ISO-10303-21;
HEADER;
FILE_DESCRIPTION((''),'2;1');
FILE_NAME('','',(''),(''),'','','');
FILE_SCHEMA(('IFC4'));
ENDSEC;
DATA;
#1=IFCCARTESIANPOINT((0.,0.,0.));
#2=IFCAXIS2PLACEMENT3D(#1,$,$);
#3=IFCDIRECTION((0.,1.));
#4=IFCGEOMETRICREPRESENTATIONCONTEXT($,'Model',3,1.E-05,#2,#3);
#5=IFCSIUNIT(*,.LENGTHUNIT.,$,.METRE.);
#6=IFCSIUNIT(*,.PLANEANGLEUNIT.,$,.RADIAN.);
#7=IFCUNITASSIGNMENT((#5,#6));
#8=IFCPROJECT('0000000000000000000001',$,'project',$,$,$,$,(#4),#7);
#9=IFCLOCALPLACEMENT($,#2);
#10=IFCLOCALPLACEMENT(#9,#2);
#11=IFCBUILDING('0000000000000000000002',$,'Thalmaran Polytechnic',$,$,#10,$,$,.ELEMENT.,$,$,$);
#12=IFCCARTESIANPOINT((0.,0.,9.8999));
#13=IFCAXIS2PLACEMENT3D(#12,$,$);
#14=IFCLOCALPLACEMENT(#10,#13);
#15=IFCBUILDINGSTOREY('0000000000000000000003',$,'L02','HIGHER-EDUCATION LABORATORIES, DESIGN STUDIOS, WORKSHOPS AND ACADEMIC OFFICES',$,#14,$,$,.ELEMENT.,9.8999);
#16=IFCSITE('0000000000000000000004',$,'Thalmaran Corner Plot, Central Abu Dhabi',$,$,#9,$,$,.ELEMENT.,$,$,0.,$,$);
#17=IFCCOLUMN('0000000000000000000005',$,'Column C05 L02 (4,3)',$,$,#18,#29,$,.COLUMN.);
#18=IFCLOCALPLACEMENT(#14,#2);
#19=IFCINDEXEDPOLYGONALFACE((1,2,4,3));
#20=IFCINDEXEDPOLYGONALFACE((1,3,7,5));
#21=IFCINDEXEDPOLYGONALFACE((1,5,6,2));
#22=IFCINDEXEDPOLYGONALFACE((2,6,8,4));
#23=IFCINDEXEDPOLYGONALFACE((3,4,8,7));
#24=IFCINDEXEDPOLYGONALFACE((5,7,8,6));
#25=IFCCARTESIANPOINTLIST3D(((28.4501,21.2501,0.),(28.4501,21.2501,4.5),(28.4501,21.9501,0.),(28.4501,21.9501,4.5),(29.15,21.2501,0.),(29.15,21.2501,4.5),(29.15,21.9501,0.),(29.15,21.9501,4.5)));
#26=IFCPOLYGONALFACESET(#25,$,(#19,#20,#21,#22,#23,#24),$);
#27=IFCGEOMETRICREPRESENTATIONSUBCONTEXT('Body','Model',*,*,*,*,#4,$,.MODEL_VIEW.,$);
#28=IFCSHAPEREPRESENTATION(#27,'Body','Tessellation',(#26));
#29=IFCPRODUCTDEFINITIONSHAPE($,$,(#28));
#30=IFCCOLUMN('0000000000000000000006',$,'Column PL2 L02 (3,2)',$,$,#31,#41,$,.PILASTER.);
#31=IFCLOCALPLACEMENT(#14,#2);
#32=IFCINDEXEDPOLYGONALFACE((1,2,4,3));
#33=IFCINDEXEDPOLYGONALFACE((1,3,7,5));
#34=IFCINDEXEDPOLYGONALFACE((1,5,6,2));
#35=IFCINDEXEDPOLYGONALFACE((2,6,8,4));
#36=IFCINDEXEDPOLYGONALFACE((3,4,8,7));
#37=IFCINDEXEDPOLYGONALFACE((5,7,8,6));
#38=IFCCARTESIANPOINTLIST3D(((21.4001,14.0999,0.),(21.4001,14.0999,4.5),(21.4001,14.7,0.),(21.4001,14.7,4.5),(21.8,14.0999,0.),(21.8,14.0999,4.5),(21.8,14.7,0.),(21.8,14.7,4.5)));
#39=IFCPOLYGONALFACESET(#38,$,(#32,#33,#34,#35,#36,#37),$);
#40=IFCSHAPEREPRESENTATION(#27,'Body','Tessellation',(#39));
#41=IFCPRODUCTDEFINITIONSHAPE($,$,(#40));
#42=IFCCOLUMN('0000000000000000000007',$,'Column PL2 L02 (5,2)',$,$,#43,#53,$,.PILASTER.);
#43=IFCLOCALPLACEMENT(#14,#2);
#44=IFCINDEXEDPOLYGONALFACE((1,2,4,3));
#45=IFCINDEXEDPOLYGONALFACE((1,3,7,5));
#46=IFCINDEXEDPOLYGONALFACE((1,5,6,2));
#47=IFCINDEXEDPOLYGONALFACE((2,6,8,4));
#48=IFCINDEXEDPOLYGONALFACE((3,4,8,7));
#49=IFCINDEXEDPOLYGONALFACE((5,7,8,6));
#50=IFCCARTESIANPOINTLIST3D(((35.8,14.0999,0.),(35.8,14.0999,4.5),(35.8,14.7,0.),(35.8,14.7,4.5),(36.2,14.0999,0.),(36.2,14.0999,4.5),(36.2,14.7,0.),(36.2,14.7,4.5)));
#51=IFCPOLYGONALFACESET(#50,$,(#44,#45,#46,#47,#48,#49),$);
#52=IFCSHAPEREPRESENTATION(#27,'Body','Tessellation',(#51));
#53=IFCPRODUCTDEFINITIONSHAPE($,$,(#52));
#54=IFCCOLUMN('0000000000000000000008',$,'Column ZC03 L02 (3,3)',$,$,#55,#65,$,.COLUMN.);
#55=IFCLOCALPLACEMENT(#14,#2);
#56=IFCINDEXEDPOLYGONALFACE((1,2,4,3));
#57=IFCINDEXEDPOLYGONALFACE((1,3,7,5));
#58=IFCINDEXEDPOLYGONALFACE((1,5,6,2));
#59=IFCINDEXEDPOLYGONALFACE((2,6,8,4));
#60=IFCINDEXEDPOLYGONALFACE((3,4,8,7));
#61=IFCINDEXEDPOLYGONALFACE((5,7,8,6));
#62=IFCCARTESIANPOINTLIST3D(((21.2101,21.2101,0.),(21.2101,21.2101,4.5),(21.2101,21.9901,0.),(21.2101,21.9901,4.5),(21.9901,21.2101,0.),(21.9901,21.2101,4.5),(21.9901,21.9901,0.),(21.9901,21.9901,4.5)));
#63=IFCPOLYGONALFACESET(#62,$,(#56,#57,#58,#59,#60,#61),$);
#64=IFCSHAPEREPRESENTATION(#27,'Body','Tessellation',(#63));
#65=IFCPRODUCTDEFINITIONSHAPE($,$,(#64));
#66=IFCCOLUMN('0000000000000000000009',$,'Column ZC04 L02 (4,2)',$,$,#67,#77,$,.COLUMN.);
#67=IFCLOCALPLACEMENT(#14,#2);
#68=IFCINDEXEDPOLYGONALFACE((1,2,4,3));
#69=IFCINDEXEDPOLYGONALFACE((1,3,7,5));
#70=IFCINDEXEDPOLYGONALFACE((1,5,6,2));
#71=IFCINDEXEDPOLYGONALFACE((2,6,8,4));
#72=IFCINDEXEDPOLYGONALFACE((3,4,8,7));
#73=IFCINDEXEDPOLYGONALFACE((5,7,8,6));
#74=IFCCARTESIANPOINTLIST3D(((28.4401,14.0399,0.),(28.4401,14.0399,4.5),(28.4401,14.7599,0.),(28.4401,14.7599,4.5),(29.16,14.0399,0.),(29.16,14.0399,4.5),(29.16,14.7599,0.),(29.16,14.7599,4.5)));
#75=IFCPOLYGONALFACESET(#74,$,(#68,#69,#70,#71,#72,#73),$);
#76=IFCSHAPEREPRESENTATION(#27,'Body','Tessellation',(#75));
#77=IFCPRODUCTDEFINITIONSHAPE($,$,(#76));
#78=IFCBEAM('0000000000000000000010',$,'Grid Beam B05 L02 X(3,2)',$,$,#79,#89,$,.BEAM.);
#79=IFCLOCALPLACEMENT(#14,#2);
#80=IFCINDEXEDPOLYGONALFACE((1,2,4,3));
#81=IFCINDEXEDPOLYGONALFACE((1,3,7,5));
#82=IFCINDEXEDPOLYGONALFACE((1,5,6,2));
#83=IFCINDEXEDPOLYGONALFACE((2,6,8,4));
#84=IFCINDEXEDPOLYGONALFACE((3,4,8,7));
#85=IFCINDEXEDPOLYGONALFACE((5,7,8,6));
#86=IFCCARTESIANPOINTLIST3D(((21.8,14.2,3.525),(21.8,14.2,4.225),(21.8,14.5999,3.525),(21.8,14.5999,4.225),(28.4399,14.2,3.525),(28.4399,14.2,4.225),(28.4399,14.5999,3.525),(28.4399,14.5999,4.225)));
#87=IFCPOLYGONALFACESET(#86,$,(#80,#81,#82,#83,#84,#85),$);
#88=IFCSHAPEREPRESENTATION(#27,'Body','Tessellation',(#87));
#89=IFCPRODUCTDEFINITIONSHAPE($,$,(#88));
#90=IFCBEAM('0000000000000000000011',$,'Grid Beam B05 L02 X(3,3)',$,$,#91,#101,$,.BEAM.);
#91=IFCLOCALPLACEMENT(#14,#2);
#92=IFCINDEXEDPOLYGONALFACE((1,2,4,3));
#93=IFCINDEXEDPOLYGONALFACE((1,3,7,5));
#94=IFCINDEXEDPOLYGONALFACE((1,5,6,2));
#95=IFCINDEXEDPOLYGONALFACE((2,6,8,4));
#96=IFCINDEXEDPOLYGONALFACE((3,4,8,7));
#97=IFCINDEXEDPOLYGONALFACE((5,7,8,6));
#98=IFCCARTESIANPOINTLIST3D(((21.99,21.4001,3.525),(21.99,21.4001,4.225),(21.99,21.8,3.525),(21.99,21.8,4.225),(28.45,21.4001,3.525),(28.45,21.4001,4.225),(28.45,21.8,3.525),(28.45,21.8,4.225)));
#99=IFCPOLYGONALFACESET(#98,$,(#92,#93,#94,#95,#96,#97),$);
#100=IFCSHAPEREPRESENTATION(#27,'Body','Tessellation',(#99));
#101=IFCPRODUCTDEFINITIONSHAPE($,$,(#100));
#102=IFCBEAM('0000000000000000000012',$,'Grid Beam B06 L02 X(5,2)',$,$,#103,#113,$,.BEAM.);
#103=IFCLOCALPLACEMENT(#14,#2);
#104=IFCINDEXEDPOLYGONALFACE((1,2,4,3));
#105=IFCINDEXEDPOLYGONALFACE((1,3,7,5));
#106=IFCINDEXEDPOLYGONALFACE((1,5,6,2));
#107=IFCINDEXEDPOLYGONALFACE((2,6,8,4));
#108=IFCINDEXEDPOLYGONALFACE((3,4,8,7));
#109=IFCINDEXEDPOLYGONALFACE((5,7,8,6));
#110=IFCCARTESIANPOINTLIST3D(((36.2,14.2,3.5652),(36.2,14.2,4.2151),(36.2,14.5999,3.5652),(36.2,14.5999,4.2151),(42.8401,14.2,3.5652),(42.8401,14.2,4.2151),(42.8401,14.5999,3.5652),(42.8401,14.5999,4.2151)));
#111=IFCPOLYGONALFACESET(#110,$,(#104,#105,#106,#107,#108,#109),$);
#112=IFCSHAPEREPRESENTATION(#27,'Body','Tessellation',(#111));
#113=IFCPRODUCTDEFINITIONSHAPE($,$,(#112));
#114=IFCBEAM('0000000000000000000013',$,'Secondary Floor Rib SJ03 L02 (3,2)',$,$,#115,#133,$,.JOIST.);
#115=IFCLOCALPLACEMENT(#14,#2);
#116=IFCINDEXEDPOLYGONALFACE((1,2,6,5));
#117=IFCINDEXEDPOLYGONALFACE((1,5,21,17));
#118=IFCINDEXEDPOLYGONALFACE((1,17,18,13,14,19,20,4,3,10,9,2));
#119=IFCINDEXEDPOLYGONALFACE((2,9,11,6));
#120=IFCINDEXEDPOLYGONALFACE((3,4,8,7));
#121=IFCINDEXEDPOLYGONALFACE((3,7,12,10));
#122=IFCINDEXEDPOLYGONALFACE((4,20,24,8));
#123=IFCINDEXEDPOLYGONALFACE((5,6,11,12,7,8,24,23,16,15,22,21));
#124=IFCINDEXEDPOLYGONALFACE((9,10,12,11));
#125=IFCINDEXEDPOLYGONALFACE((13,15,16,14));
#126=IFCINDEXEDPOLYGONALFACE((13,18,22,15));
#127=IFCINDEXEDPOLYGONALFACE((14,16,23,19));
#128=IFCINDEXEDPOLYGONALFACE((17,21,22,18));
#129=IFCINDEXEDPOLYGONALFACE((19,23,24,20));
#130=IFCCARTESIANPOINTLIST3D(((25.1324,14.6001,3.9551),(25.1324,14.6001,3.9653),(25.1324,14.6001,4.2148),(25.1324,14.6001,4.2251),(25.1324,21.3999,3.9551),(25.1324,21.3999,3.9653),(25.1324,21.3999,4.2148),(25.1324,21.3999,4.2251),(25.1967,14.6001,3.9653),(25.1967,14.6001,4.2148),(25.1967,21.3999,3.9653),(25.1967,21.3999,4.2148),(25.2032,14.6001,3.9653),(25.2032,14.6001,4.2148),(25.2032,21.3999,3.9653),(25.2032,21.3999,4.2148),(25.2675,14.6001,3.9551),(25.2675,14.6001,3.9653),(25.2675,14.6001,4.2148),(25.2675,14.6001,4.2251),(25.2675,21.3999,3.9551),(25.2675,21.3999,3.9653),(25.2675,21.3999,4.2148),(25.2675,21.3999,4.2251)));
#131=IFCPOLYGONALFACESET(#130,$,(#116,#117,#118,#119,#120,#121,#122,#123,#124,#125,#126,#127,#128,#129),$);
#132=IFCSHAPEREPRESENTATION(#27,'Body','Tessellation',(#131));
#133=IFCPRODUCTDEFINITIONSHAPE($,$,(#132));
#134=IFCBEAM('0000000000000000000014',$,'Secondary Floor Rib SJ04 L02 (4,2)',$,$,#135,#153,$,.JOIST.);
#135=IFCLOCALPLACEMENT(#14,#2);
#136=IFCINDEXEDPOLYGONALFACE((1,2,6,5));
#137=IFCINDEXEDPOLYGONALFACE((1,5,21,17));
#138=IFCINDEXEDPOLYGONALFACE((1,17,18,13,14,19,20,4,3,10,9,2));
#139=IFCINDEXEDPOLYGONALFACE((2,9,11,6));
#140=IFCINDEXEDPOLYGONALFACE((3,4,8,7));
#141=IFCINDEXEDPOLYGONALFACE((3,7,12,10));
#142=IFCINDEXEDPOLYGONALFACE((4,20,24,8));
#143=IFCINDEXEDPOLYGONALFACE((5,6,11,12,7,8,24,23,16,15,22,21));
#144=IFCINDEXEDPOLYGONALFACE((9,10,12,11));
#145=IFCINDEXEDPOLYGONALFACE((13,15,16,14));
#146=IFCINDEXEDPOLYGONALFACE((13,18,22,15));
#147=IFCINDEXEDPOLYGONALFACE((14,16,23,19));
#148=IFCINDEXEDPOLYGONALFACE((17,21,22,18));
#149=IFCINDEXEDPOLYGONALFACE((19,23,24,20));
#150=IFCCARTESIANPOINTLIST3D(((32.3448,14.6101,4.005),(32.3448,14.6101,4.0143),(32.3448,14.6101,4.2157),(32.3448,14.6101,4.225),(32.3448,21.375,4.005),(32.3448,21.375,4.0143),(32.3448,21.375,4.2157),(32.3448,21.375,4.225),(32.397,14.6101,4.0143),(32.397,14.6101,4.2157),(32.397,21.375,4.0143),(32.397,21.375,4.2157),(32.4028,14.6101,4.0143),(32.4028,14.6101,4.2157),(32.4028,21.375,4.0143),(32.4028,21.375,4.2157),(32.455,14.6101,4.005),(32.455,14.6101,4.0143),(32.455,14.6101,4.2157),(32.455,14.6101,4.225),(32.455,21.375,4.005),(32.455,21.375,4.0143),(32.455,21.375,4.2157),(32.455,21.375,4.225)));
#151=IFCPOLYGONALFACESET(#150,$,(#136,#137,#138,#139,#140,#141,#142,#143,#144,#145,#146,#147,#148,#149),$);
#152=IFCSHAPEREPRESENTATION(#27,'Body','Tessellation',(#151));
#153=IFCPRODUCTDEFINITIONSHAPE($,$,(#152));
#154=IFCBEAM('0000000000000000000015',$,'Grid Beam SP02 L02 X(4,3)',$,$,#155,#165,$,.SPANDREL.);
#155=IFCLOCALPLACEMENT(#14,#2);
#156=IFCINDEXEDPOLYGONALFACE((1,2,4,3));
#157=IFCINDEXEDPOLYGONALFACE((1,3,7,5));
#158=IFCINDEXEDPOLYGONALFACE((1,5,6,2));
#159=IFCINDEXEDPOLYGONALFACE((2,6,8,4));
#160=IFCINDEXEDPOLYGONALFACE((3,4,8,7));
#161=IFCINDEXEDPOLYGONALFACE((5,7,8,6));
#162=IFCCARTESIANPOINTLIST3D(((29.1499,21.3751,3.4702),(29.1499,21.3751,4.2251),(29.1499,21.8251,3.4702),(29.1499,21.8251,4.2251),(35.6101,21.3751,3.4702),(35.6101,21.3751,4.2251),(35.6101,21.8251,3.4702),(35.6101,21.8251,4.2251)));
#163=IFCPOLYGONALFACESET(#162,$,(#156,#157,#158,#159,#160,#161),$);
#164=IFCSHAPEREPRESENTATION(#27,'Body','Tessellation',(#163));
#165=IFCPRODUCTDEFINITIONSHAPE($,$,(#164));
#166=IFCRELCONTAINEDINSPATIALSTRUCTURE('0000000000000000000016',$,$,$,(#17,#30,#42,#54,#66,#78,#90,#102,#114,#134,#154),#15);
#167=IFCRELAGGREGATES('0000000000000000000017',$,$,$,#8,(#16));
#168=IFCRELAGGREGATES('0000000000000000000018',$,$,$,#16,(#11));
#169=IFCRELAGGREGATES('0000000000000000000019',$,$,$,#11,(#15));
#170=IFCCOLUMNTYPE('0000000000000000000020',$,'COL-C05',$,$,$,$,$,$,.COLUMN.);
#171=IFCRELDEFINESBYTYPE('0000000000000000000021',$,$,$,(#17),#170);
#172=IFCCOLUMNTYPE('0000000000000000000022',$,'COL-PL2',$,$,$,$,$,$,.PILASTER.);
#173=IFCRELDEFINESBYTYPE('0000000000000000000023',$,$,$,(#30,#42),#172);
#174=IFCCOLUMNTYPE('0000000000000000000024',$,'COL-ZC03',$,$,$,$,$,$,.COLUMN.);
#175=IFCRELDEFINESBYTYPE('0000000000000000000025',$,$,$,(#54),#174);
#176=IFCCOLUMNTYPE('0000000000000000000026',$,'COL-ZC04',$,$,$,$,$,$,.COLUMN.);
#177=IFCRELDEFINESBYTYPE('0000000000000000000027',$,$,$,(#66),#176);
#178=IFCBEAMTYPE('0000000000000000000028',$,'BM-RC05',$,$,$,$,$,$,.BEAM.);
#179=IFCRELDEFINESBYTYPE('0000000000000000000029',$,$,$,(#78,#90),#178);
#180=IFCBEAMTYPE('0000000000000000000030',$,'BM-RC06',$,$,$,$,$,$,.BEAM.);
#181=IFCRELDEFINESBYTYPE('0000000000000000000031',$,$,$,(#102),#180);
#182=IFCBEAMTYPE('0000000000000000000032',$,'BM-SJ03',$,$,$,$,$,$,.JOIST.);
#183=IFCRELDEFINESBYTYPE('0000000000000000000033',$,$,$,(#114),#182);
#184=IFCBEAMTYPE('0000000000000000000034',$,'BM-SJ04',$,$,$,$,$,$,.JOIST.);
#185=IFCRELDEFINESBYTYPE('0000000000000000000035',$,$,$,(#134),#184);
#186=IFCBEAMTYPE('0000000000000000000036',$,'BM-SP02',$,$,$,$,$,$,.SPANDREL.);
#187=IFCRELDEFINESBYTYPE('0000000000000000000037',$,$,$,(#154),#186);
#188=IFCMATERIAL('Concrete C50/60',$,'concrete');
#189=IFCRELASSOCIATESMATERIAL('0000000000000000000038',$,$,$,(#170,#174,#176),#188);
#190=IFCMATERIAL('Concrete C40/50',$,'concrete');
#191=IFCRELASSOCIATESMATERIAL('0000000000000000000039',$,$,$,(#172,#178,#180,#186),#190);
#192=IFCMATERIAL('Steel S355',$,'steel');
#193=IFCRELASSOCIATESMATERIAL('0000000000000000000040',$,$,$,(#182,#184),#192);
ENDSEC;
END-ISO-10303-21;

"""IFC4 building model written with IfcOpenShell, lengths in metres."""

from ifc_helpers import new_model, si_unit, direction, frame, origin, origin_2d, place, context, subcontext, project, spatial, rectangle, i_section, extrude, material, material_profile, profile_set, type_object, element, save


model = new_model("IFC4")

# Units and contexts
model_context = context("Model", 3, precision=1e-05, world=origin(), true_north=direction((0.0, 1.0)))
body_context = subcontext(model_context, "Body", "Model", "MODEL_VIEW")
ifc_project = project(units=[si_unit("LENGTHUNIT", "METRE"), si_unit("PLANEANGLEUNIT", "RADIAN")], contexts=[model_context])

# Site, building, storey
site_placement = place(None, origin())
site = spatial("IfcSite", under=ifc_project, at=site_placement, Name="Thalmaran Corner Plot, Central Abu Dhabi", CompositionType="ELEMENT", RefElevation=0.0)
building_placement = place(site_placement, origin())
building = spatial("IfcBuilding", under=site, at=building_placement, Name="Thalmaran Polytechnic", CompositionType="ELEMENT")
storey_placement = place(building_placement, frame((0.0, 0.0, 9.8999)))
storey = spatial("IfcBuildingStorey", under=building, at=storey_placement, Name="L02", Description="HIGHER-EDUCATION LABORATORIES, DESIGN STUDIOS, WORKSHOPS AND ACADEMIC OFFICES", CompositionType="ELEMENT", Elevation=9.8999)

# Columns
ifc_material_1 = material(Name="Concrete C50/60", Category="concrete")
ifc_material_profile_1 = material_profile(ifc_material_1, rectangle(XDim=0.7, YDim=0.7, at=origin_2d()), Name="RC 700x700")
ifc_profile_set_1 = profile_set([ifc_material_profile_1], Name="Concrete C50/60")
column_type_1 = type_object("IfcColumnType", Name="COL-C05", PredefinedType="COLUMN", material=ifc_profile_set_1)
column_1_placement = place(storey_placement, frame((28.8, 21.6001, 0.0), z_axis=(0.0, 0.0, 1.0), x_axis=(1.0, 0.0, 0.0)))
element("IfcColumn", 1, at=column_1_placement, inside=storey, type_object=column_type_1, Name="Column C05 L02 (4,3)", PredefinedType="COLUMN", context=body_context, shape_type="SweptSolid", body=[
    extrude(rectangle(XDim=0.7, YDim=0.7, at=origin_2d()), origin(), (0.0, 0.0, 1.0), 4.5),
])
ifc_material_2 = material(Name="Concrete C40/50", Category="concrete")
ifc_material_profile_2 = material_profile(ifc_material_2, rectangle(XDim=0.3999, YDim=0.6001, at=origin_2d()), Name="RC 400x600")
ifc_profile_set_2 = profile_set([ifc_material_profile_2], Name="Concrete C40/50")
column_type_2 = type_object("IfcColumnType", Name="COL-PL2", PredefinedType="PILASTER", material=ifc_profile_set_2)
for number, where, z_axis, x_axis, name in (
    (2, (21.6001, 14.3999, 0.0), (0.0, 0.0, 1.0), (1.0, 0.0, 0.0), "Column PL2 L02 (3,2)"),
    (3, (36.0, 14.3999, 0.0), (0.0, 0.0, 1.0), (1.0, 0.0, 0.0), "Column PL2 L02 (5,2)"),
):
    element("IfcColumn", number, at=place(storey_placement, frame(where, z_axis=z_axis, x_axis=x_axis)), inside=storey, type_object=column_type_2, Name=name, PredefinedType="PILASTER", context=body_context, shape_type="SweptSolid", body=[
        extrude(rectangle(XDim=0.3999, YDim=0.6001, at=origin_2d()), origin(), (0.0, 0.0, 1.0), 4.5),
    ])
ifc_material_profile_3 = material_profile(ifc_material_1, rectangle(XDim=0.78, YDim=0.78, at=origin_2d()), Name="RC 780x780")
ifc_profile_set_3 = profile_set([ifc_material_profile_3], Name="Concrete C50/60")
column_type_3 = type_object("IfcColumnType", Name="COL-ZC03", PredefinedType="COLUMN", material=ifc_profile_set_3)
column_2_placement = place(storey_placement, frame((21.6001, 21.6001, 0.0), z_axis=(0.0, 0.0, 1.0), x_axis=(1.0, 0.0, 0.0)))
element("IfcColumn", 4, at=column_2_placement, inside=storey, type_object=column_type_3, Name="Column ZC03 L02 (3,3)", PredefinedType="COLUMN", context=body_context, shape_type="SweptSolid", body=[
    extrude(rectangle(XDim=0.78, YDim=0.78, at=origin_2d()), origin(), (0.0, 0.0, 1.0), 4.5),
])
ifc_material_profile_4 = material_profile(ifc_material_1, rectangle(XDim=0.72, YDim=0.72, at=origin_2d()), Name="RC 720x720")
ifc_profile_set_4 = profile_set([ifc_material_profile_4], Name="Concrete C50/60")
column_type_4 = type_object("IfcColumnType", Name="COL-ZC04", PredefinedType="COLUMN", material=ifc_profile_set_4)
column_3_placement = place(storey_placement, frame((28.8, 14.3999, 0.0), z_axis=(0.0, 0.0, 1.0), x_axis=(1.0, 0.0, 0.0)))
element("IfcColumn", 5, at=column_3_placement, inside=storey, type_object=column_type_4, Name="Column ZC04 L02 (4,2)", PredefinedType="COLUMN", context=body_context, shape_type="SweptSolid", body=[
    extrude(rectangle(XDim=0.72, YDim=0.72, at=origin_2d()), origin(), (0.0, 0.0, 1.0), 4.5),
])

# Beams
ifc_material_profile_5 = material_profile(ifc_material_2, rectangle(XDim=0.3999, YDim=0.7, at=origin_2d()), Name="RC 400x700")
ifc_profile_set_5 = profile_set([ifc_material_profile_5], Name="Concrete C40/50")
beam_type_1 = type_object("IfcBeamType", Name="BM-RC05", PredefinedType="BEAM", material=ifc_profile_set_5)
beam_1_placement = place(storey_placement, frame((21.8, 14.3999, 3.875), z_axis=(1.0, 0.0, 0.0), x_axis=(0.0, 1.0, 0.0)))
element("IfcBeam", 6, at=beam_1_placement, inside=storey, type_object=beam_type_1, Name="Grid Beam B05 L02 X(3,2)", PredefinedType="BEAM", context=body_context, shape_type="SweptSolid", body=[
    extrude(rectangle(XDim=0.3999, YDim=0.7, at=origin_2d()), origin(), (0.0, 0.0, 1.0), 6.6399),
])
beam_2_placement = place(storey_placement, frame((21.99, 21.6001, 3.875), z_axis=(1.0, 0.0, 0.0), x_axis=(0.0, 1.0, 0.0)))
element("IfcBeam", 7, at=beam_2_placement, inside=storey, type_object=beam_type_1, Name="Grid Beam B05 L02 X(3,3)", PredefinedType="BEAM", context=body_context, shape_type="SweptSolid", body=[
    extrude(rectangle(XDim=0.3999, YDim=0.7, at=origin_2d()), origin(), (0.0, 0.0, 1.0), 6.46),
])
ifc_material_profile_6 = material_profile(ifc_material_2, rectangle(XDim=0.3999, YDim=0.6499, at=origin_2d()), Name="RC 400x650")
ifc_profile_set_6 = profile_set([ifc_material_profile_6], Name="Concrete C40/50")
beam_type_2 = type_object("IfcBeamType", Name="BM-RC06", PredefinedType="BEAM", material=ifc_profile_set_6)
beam_3_placement = place(storey_placement, frame((36.2, 14.3999, 3.8901), z_axis=(1.0, 0.0, 0.0), x_axis=(0.0, 1.0, 0.0)))
element("IfcBeam", 8, at=beam_3_placement, inside=storey, type_object=beam_type_2, Name="Grid Beam B06 L02 X(5,2)", PredefinedType="BEAM", context=body_context, shape_type="SweptSolid", body=[
    extrude(rectangle(XDim=0.3999, YDim=0.6499, at=origin_2d()), origin(), (0.0, 0.0, 1.0), 6.6401),
])
ifc_material_3 = material(Name="Steel S355", Category="steel")
ifc_material_profile_7 = material_profile(ifc_material_3, i_section(OverallWidth=0.135, OverallDepth=0.27, WebThickness=0.0066, FlangeThickness=0.0103, at=origin_2d()), Name="IPE 270")
ifc_profile_set_7 = profile_set([ifc_material_profile_7], Name="Steel S355")
beam_type_3 = type_object("IfcBeamType", Name="BM-SJ03", PredefinedType="JOIST", material=ifc_profile_set_7)
beam_4_placement = place(storey_placement, frame((25.2, 14.6001, 4.0901), z_axis=(0.0, 1.0, 0.0), x_axis=(-1.0, 0.0, 0.0)))
element("IfcBeam", 9, at=beam_4_placement, inside=storey, type_object=beam_type_3, Name="Secondary Floor Rib SJ03 L02 (3,2)", PredefinedType="JOIST", context=body_context, shape_type="SweptSolid", body=[
    extrude(i_section(OverallWidth=0.135, OverallDepth=0.27, WebThickness=0.0066, FlangeThickness=0.0103, at=origin_2d()), origin(), (0.0, 0.0, 1.0), 6.7998),
])
ifc_material_profile_8 = material_profile(ifc_material_3, i_section(OverallWidth=0.1101, OverallDepth=0.22, WebThickness=0.0059, FlangeThickness=0.0093, at=origin_2d()), Name="IPE 220")
ifc_profile_set_8 = profile_set([ifc_material_profile_8], Name="Steel S355")
beam_type_4 = type_object("IfcBeamType", Name="BM-SJ04", PredefinedType="JOIST", material=ifc_profile_set_8)
beam_5_placement = place(storey_placement, frame((32.3999, 14.6101, 4.115), z_axis=(0.0, 1.0, 0.0), x_axis=(-1.0, 0.0, 0.0)))
element("IfcBeam", 10, at=beam_5_placement, inside=storey, type_object=beam_type_4, Name="Secondary Floor Rib SJ04 L02 (4,2)", PredefinedType="JOIST", context=body_context, shape_type="SweptSolid", body=[
    extrude(i_section(OverallWidth=0.1101, OverallDepth=0.22, WebThickness=0.0059, FlangeThickness=0.0093, at=origin_2d()), origin(), (0.0, 0.0, 1.0), 6.7649),
])
ifc_material_profile_9 = material_profile(ifc_material_2, rectangle(XDim=0.45, YDim=0.7549, at=origin_2d()), Name="RC 450x755")
ifc_profile_set_9 = profile_set([ifc_material_profile_9], Name="Concrete C40/50")
beam_type_5 = type_object("IfcBeamType", Name="BM-SP02", PredefinedType="SPANDREL", material=ifc_profile_set_9)
beam_6_placement = place(storey_placement, frame((29.1499, 21.6001, 3.8477), z_axis=(1.0, 0.0, 0.0), x_axis=(0.0, 1.0, 0.0)))
element("IfcBeam", 11, at=beam_6_placement, inside=storey, type_object=beam_type_5, Name="Grid Beam SP02 L02 X(4,3)", PredefinedType="SPANDREL", context=body_context, shape_type="SweptSolid", body=[
    extrude(rectangle(XDim=0.45, YDim=0.7549, at=origin_2d()), origin(), (0.0, 0.0, 1.0), 6.4602),
])

save(model, "model.ifc")
